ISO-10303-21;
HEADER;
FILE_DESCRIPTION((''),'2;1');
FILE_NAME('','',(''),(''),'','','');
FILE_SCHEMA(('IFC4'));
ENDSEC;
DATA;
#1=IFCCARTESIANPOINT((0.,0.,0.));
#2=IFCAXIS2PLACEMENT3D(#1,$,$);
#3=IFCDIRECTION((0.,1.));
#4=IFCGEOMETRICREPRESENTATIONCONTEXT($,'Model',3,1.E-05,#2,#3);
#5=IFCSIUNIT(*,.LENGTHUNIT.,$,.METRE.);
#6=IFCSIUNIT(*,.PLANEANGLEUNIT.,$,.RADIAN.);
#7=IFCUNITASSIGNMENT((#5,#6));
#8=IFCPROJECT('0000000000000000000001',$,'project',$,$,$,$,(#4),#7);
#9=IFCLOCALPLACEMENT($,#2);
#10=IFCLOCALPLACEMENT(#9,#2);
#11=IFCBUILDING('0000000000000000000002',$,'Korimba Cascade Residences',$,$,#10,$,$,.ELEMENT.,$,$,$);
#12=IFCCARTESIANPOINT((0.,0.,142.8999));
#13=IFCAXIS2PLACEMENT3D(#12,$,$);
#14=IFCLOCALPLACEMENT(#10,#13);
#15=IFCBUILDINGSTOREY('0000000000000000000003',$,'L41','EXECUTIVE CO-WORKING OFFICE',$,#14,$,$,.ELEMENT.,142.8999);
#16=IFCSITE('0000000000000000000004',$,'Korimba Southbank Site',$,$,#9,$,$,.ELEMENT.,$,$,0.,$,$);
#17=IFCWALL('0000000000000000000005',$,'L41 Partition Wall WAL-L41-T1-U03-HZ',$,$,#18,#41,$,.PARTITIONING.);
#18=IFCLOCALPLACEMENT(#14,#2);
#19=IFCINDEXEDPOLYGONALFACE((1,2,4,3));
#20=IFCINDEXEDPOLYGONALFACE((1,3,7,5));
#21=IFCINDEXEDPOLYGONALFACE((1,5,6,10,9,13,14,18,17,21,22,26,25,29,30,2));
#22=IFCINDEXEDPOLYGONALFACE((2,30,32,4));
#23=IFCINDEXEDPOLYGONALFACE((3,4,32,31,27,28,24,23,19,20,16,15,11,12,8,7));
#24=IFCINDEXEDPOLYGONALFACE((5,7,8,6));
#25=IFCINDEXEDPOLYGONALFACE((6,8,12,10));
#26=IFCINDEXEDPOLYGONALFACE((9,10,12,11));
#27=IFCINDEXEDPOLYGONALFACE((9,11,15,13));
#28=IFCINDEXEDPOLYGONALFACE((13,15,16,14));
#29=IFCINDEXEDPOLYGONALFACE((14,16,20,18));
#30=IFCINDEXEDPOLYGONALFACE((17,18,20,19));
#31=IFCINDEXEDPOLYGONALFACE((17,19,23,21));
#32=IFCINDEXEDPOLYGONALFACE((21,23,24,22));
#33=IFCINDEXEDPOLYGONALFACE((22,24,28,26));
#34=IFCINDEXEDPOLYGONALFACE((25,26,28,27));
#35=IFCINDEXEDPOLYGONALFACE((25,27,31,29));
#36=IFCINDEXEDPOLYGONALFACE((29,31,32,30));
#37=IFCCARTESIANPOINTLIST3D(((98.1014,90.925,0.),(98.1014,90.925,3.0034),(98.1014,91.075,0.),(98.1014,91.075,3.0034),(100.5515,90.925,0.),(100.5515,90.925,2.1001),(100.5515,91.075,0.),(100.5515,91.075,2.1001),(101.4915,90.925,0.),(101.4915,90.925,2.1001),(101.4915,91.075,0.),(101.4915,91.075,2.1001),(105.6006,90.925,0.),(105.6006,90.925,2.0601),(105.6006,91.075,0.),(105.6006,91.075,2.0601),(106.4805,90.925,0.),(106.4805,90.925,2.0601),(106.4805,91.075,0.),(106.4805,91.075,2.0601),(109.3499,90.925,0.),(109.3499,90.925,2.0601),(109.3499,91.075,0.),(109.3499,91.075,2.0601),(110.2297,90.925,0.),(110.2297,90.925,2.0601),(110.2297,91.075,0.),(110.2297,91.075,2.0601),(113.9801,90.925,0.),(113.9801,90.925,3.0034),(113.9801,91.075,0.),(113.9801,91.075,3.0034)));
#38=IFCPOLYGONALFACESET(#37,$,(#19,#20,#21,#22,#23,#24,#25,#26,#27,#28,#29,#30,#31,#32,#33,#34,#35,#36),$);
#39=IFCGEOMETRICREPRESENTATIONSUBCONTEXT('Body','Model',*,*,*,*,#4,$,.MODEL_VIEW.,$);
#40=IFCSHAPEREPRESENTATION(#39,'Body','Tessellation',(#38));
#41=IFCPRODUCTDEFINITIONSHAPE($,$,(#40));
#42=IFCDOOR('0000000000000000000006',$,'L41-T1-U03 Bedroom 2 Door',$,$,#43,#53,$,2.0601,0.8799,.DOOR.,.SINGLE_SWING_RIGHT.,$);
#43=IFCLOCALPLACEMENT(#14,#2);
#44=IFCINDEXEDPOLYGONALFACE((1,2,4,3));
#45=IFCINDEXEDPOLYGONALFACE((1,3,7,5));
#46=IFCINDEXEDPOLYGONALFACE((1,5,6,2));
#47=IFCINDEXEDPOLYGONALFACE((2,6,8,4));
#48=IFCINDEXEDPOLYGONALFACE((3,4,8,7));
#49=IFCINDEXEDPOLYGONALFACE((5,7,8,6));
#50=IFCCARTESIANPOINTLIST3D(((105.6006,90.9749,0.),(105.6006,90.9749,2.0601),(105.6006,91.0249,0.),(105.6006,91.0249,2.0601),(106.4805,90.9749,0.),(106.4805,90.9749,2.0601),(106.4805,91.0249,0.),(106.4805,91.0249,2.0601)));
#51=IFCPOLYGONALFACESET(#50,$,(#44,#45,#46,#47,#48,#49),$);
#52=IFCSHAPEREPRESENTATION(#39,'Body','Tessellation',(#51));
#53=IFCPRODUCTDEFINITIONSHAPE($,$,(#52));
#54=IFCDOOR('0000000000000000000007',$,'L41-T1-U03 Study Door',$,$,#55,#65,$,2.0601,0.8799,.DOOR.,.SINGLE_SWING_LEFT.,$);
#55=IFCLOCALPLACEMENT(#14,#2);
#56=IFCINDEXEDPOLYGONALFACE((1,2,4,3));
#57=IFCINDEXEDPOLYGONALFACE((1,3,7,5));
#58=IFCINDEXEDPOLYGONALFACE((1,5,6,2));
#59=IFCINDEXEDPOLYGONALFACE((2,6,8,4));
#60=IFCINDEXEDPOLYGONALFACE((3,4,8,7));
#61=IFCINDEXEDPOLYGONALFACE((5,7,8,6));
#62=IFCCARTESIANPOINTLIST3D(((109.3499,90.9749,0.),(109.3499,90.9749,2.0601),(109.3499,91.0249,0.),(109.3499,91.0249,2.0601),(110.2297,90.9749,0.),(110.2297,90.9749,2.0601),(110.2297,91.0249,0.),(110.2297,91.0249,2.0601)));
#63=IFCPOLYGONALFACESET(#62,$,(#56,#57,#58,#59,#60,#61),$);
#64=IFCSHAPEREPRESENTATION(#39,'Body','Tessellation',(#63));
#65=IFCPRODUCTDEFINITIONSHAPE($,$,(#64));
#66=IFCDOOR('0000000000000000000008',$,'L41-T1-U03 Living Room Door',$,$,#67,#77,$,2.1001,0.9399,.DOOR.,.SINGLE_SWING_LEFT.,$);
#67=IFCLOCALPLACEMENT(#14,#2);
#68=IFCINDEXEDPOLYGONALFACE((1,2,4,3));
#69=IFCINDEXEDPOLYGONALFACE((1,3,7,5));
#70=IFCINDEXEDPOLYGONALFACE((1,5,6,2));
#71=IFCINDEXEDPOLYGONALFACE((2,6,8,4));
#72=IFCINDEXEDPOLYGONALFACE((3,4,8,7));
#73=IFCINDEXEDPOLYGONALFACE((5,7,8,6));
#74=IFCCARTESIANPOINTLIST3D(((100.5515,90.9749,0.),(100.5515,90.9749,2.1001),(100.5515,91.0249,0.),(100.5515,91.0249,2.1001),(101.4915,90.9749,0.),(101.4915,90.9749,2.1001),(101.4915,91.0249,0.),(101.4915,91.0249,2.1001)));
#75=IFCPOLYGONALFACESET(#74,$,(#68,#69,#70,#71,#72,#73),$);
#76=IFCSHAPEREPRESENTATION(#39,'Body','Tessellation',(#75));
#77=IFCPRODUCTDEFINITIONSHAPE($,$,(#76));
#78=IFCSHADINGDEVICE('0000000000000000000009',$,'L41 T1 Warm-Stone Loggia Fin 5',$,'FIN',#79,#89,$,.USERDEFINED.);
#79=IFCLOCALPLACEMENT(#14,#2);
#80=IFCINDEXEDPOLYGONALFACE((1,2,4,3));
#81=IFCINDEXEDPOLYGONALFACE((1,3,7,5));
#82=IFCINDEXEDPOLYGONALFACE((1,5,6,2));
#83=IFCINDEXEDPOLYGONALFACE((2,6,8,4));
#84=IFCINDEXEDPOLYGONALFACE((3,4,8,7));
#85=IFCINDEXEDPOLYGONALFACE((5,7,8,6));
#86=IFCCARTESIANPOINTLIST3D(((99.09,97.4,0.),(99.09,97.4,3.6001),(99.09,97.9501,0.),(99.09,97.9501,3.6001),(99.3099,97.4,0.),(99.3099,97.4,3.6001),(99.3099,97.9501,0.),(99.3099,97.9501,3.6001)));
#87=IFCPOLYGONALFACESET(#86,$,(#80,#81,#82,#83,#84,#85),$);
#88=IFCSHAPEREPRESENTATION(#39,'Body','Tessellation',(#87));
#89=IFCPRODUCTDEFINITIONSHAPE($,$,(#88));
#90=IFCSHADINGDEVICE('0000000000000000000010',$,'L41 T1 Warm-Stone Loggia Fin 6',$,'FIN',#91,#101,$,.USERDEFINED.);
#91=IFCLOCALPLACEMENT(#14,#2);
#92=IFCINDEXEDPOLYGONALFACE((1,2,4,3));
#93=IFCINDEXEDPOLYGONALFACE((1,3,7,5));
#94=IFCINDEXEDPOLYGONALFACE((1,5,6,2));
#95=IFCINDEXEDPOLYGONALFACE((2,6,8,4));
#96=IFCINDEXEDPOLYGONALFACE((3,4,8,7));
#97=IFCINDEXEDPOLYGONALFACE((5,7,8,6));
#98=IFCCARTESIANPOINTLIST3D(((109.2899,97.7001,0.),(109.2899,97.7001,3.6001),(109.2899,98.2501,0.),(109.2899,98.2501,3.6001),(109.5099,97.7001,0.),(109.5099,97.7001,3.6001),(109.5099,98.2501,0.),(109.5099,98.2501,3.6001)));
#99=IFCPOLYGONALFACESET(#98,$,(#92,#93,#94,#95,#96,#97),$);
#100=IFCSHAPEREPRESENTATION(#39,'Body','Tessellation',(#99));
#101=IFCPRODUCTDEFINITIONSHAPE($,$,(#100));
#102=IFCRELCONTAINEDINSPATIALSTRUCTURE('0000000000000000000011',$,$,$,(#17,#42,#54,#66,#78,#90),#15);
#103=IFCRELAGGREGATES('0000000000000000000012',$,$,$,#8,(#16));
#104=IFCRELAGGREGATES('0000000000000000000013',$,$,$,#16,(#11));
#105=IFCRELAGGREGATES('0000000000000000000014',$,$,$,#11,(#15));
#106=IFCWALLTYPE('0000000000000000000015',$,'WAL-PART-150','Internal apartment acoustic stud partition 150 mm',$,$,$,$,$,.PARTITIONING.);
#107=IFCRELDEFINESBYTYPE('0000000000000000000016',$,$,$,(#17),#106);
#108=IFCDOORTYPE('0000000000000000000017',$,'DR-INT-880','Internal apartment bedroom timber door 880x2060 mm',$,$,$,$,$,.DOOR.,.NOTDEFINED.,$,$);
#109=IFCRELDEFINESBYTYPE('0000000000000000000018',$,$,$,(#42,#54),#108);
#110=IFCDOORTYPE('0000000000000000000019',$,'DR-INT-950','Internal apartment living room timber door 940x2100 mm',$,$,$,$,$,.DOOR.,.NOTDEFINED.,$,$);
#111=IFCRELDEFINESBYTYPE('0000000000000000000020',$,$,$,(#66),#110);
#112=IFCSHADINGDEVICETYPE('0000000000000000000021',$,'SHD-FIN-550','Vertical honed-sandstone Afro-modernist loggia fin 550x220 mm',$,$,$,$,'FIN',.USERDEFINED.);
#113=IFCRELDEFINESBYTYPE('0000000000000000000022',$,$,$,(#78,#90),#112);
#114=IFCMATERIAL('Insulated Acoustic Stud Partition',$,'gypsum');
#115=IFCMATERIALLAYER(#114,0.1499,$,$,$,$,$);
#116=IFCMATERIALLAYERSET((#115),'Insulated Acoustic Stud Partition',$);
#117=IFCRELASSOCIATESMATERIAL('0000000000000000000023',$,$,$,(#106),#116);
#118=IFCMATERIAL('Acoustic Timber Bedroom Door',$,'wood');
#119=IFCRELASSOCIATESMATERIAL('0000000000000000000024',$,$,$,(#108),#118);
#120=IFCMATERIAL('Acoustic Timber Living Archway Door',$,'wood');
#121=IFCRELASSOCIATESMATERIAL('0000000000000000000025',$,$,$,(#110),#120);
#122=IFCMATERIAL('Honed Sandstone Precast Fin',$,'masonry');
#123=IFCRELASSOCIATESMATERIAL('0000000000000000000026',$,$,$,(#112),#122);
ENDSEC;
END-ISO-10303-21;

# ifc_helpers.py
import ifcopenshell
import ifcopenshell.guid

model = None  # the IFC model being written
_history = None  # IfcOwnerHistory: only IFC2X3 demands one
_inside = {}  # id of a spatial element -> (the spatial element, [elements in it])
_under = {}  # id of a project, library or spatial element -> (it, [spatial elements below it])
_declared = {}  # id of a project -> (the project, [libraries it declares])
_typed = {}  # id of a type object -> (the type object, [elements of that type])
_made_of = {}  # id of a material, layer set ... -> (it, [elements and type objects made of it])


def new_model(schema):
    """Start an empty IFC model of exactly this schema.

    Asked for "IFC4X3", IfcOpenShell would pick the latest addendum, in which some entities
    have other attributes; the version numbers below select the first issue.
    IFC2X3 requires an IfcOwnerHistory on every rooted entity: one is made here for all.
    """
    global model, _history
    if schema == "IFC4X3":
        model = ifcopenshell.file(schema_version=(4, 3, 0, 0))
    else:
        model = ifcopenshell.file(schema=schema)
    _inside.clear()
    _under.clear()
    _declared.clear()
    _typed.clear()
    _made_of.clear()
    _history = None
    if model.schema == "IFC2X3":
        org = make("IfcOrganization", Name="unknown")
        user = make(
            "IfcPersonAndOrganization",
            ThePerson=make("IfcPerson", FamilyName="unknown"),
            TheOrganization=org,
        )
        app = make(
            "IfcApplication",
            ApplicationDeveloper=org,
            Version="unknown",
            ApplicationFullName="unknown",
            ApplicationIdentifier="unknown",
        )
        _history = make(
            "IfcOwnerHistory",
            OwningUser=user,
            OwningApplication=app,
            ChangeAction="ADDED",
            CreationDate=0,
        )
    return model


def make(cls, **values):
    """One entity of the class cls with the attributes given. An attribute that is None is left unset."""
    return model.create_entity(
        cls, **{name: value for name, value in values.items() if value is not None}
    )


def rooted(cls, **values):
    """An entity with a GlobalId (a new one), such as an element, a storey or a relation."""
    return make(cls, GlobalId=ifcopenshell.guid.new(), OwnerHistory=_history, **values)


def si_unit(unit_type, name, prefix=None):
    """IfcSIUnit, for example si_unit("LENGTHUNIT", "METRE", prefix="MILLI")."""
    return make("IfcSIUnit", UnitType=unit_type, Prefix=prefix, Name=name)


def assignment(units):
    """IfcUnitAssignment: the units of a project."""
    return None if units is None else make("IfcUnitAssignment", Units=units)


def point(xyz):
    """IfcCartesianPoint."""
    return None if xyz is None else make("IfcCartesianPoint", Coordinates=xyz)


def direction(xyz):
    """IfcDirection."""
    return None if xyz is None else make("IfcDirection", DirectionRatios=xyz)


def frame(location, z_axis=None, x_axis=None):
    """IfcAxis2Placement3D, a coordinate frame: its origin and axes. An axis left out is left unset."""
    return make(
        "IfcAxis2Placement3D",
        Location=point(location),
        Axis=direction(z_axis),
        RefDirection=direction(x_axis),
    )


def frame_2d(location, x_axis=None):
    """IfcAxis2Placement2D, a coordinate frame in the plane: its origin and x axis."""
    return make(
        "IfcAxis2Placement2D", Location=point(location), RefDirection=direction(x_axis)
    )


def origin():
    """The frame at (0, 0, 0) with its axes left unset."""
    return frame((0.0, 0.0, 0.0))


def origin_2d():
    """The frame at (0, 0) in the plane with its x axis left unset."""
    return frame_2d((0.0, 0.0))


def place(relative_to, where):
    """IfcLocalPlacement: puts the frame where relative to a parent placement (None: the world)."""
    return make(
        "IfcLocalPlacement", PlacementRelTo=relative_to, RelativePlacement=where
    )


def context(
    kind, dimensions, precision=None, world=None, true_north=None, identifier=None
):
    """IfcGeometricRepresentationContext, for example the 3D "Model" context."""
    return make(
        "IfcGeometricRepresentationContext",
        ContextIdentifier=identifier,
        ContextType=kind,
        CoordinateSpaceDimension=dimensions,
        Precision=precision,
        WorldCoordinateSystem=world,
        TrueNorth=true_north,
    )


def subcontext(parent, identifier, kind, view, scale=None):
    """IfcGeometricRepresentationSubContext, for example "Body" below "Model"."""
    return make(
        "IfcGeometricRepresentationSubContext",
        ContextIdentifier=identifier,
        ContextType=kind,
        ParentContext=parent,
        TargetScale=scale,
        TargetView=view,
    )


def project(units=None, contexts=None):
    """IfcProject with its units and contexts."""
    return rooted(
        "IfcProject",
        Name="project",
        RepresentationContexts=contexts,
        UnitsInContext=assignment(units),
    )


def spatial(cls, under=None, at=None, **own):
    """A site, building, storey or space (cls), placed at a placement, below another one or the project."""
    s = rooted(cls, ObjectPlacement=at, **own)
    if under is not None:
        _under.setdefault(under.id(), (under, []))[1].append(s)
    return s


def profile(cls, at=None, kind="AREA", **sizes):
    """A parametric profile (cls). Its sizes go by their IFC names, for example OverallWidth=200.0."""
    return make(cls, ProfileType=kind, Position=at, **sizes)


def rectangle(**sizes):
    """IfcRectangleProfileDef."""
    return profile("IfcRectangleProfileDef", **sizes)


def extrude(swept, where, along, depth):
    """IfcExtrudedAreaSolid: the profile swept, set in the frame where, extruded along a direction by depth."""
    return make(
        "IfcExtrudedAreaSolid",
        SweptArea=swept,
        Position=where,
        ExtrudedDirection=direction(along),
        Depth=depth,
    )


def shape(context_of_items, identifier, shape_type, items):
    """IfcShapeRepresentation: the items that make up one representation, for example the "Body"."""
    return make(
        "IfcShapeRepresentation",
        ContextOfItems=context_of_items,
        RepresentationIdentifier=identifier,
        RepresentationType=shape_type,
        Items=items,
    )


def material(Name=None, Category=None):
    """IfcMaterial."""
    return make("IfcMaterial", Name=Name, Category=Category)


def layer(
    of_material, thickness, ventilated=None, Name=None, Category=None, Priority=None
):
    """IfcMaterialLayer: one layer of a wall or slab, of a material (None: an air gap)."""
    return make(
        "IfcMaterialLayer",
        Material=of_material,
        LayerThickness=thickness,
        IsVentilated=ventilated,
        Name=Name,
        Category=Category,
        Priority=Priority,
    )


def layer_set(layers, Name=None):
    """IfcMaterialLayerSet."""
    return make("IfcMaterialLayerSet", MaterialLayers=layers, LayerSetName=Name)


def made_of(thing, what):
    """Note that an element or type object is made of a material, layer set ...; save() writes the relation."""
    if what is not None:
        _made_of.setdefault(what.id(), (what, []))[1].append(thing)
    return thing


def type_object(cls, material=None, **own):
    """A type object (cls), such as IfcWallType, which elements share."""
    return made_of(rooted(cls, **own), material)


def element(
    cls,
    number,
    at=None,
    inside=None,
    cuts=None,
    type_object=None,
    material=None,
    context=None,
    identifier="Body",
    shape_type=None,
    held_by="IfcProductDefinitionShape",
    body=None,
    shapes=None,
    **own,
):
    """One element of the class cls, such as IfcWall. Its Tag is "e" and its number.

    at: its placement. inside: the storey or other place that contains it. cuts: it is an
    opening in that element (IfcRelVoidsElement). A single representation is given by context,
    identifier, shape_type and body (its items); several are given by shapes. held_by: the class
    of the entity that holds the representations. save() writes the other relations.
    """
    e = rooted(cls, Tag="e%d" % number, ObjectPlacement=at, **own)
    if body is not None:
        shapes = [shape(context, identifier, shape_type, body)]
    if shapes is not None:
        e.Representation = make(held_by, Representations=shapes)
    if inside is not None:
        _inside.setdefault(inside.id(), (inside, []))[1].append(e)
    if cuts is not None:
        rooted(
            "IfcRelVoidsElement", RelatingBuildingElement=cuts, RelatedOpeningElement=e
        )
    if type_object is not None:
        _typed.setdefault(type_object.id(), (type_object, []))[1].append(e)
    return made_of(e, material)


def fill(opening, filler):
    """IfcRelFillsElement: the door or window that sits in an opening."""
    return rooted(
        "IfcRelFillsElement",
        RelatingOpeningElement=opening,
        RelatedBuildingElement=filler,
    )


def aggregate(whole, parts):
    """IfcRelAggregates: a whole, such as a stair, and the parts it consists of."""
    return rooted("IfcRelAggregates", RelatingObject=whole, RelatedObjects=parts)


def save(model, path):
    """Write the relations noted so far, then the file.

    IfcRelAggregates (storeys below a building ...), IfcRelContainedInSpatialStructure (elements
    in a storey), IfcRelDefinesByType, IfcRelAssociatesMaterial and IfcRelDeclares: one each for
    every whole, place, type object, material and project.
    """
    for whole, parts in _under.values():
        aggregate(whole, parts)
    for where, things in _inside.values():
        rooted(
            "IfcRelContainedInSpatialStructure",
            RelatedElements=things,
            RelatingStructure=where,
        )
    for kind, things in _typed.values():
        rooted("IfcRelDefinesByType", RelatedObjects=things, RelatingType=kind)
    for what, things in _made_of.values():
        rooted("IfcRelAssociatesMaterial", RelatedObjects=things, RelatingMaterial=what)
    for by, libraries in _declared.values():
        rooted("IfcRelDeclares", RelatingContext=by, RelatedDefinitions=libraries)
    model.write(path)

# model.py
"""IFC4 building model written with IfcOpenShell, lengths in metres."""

from ifc_helpers import new_model, si_unit, direction, frame, frame_2d, origin, origin_2d, place, context, subcontext, project, spatial, rectangle, extrude, material, layer, layer_set, type_object, element, fill, save


model = new_model("IFC4")

# Units and contexts
model_context = context("Model", 3, precision=1e-05, world=origin(), true_north=direction((0.0, 1.0)))
body_context = subcontext(model_context, "Body", "Model", "MODEL_VIEW")
ifc_project = project(units=[si_unit("LENGTHUNIT", "METRE"), si_unit("PLANEANGLEUNIT", "RADIAN")], contexts=[model_context])

# Site, building, storey
site_placement = place(None, origin())
site = spatial("IfcSite", under=ifc_project, at=site_placement, Name="Korimba Southbank Site", CompositionType="ELEMENT", RefElevation=0.0)
building_placement = place(site_placement, origin())
building = spatial("IfcBuilding", under=site, at=building_placement, Name="Korimba Cascade Residences", CompositionType="ELEMENT")
storey_placement = place(building_placement, frame((0.0, 0.0, 142.8999)))
storey = spatial("IfcBuildingStorey", under=building, at=storey_placement, Name="L41", Description="EXECUTIVE CO-WORKING OFFICE", CompositionType="ELEMENT", Elevation=142.8999)

# Shared definitions
ifc_material_1 = material(Name="Insulated Acoustic Stud Partition", Category="gypsum")
ifc_layer = layer(ifc_material_1, 0.1499)
ifc_layer_set = layer_set([ifc_layer], Name="Insulated Acoustic Stud Partition")
wall_type = type_object("IfcWallType", Name="WAL-PART-150", Description="Internal apartment acoustic stud partition 150 mm", PredefinedType="PARTITIONING", material=ifc_layer_set)

# Wall, openings, doors
wall_1_placement = place(storey_placement, frame((98.1013, 91.0, 0.0), z_axis=(0.0, 0.0, 1.0), x_axis=(1.0, 0.0, 0.0)))
wall_1 = element("IfcWall", 1, at=wall_1_placement, inside=storey, type_object=wall_type, Name="L41 Partition Wall WAL-L41-T1-U03-HZ", PredefinedType="PARTITIONING", context=body_context, shape_type="SweptSolid", body=[
    extrude(rectangle(XDim=15.8787, YDim=0.1499, at=frame_2d((7.9395, 0.0))), origin(), (0.0, 0.0, 1.0), 3.0034),
])
opening_1_placement = place(wall_1_placement, frame((2.4502, 0.0, 0.0)))
opening_1 = element("IfcOpeningElement", 2, at=opening_1_placement, cuts=wall_1, PredefinedType="OPENING", context=body_context, shape_type="SweptSolid", body=[
    extrude(rectangle(XDim=0.9399, YDim=2.1001, at=frame_2d((0.47, 1.05))), frame((0.0, 0.085, 0.0), z_axis=(0.0, -1.0, 0.0), x_axis=(1.0, 0.0, 0.0)), (0.0, 0.0, 1.0), 0.1699),
])
opening_2_placement = place(wall_1_placement, frame((7.4993, 0.0, 0.0)))
opening_2 = element("IfcOpeningElement", 3, at=opening_2_placement, cuts=wall_1, PredefinedType="OPENING", context=body_context, shape_type="SweptSolid", body=[
    extrude(rectangle(XDim=0.8799, YDim=2.0601, at=frame_2d((0.4399, 1.03))), frame((0.0, 0.085, 0.0), z_axis=(0.0, -1.0, 0.0), x_axis=(1.0, 0.0, 0.0)), (0.0, 0.0, 1.0), 0.1699),
])
opening_3_placement = place(wall_1_placement, frame((11.2485, 0.0, 0.0)))
opening_3 = element("IfcOpeningElement", 4, at=opening_3_placement, cuts=wall_1, PredefinedType="OPENING", context=body_context, shape_type="SweptSolid", body=[
    extrude(rectangle(XDim=0.8799, YDim=2.0601, at=frame_2d((0.4399, 1.03))), frame((0.0, 0.085, 0.0), z_axis=(0.0, -1.0, 0.0), x_axis=(1.0, 0.0, 0.0)), (0.0, 0.0, 1.0), 0.1699),
])
ifc_material_2 = material(Name="Acoustic Timber Bedroom Door", Category="wood")
door_type_1 = type_object("IfcDoorType", Name="DR-INT-880", Description="Internal apartment bedroom timber door 880x2060 mm", OperationType="NOTDEFINED", PredefinedType="DOOR", material=ifc_material_2)
door_1_placement = place(opening_2_placement, origin())
door_1 = element("IfcDoor", 5, at=door_1_placement, inside=storey, type_object=door_type_1, Name="L41-T1-U03 Bedroom 2 Door", OperationType="SINGLE_SWING_RIGHT", OverallHeight=2.0601, OverallWidth=0.8799, PredefinedType="DOOR", context=body_context, shape_type="SweptSolid", body=[
    extrude(rectangle(XDim=0.8799, YDim=2.0601, at=frame_2d((0.4399, 1.03))), frame((0.0, 0.0249, 0.0), z_axis=(0.0, -1.0, 0.0), x_axis=(1.0, 0.0, 0.0)), (0.0, 0.0, 1.0), 0.05),
])
fill(opening_2, door_1)
door_2_placement = place(opening_3_placement, origin())
door_2 = element("IfcDoor", 6, at=door_2_placement, inside=storey, type_object=door_type_1, Name="L41-T1-U03 Study Door", OperationType="SINGLE_SWING_LEFT", OverallHeight=2.0601, OverallWidth=0.8799, PredefinedType="DOOR", context=body_context, shape_type="SweptSolid", body=[
    extrude(rectangle(XDim=0.8799, YDim=2.0601, at=frame_2d((0.4399, 1.03))), frame((0.0, 0.0249, 0.0), z_axis=(0.0, -1.0, 0.0), x_axis=(1.0, 0.0, 0.0)), (0.0, 0.0, 1.0), 0.05),
])
fill(opening_3, door_2)
ifc_material_3 = material(Name="Acoustic Timber Living Archway Door", Category="wood")
door_type_2 = type_object("IfcDoorType", Name="DR-INT-950", Description="Internal apartment living room timber door 940x2100 mm", OperationType="NOTDEFINED", PredefinedType="DOOR", material=ifc_material_3)
door_3_placement = place(opening_1_placement, origin())
door_3 = element("IfcDoor", 7, at=door_3_placement, inside=storey, type_object=door_type_2, Name="L41-T1-U03 Living Room Door", OperationType="SINGLE_SWING_LEFT", OverallHeight=2.1001, OverallWidth=0.9399, PredefinedType="DOOR", context=body_context, shape_type="SweptSolid", body=[
    extrude(rectangle(XDim=0.9399, YDim=2.1001, at=frame_2d((0.47, 1.05))), frame((0.0, 0.0249, 0.0), z_axis=(0.0, -1.0, 0.0), x_axis=(1.0, 0.0, 0.0)), (0.0, 0.0, 1.0), 0.05),
])
fill(opening_1, door_3)

# Shading devices
ifc_material_4 = material(Name="Honed Sandstone Precast Fin", Category="masonry")
shading_device_type = type_object("IfcShadingDeviceType", Name="SHD-FIN-550", Description="Vertical honed-sandstone Afro-modernist loggia fin 550x220 mm", ElementType="FIN", PredefinedType="USERDEFINED", material=ifc_material_4)
for number, where, z_axis, x_axis, name in (
    (8, (99.2, 97.675, 0.0), (0.0, 0.0, 1.0), (1.0, 0.0, 0.0), "L41 T1 Warm-Stone Loggia Fin 5"),
    (9, (109.3999, 97.9751, 0.0), (0.0, 0.0, 1.0), (1.0, 0.0, 0.0), "L41 T1 Warm-Stone Loggia Fin 6"),
):
    element("IfcShadingDevice", number, at=place(storey_placement, frame(where, z_axis=z_axis, x_axis=x_axis)), inside=storey, type_object=shading_device_type, Name=name, ObjectType="FIN", PredefinedType="USERDEFINED", context=body_context, shape_type="SweptSolid", body=[
        extrude(rectangle(XDim=0.22, YDim=0.55, at=origin_2d()), origin(), (0.0, 0.0, 1.0), 3.6001),
    ])

save(model, "model.ifc")
